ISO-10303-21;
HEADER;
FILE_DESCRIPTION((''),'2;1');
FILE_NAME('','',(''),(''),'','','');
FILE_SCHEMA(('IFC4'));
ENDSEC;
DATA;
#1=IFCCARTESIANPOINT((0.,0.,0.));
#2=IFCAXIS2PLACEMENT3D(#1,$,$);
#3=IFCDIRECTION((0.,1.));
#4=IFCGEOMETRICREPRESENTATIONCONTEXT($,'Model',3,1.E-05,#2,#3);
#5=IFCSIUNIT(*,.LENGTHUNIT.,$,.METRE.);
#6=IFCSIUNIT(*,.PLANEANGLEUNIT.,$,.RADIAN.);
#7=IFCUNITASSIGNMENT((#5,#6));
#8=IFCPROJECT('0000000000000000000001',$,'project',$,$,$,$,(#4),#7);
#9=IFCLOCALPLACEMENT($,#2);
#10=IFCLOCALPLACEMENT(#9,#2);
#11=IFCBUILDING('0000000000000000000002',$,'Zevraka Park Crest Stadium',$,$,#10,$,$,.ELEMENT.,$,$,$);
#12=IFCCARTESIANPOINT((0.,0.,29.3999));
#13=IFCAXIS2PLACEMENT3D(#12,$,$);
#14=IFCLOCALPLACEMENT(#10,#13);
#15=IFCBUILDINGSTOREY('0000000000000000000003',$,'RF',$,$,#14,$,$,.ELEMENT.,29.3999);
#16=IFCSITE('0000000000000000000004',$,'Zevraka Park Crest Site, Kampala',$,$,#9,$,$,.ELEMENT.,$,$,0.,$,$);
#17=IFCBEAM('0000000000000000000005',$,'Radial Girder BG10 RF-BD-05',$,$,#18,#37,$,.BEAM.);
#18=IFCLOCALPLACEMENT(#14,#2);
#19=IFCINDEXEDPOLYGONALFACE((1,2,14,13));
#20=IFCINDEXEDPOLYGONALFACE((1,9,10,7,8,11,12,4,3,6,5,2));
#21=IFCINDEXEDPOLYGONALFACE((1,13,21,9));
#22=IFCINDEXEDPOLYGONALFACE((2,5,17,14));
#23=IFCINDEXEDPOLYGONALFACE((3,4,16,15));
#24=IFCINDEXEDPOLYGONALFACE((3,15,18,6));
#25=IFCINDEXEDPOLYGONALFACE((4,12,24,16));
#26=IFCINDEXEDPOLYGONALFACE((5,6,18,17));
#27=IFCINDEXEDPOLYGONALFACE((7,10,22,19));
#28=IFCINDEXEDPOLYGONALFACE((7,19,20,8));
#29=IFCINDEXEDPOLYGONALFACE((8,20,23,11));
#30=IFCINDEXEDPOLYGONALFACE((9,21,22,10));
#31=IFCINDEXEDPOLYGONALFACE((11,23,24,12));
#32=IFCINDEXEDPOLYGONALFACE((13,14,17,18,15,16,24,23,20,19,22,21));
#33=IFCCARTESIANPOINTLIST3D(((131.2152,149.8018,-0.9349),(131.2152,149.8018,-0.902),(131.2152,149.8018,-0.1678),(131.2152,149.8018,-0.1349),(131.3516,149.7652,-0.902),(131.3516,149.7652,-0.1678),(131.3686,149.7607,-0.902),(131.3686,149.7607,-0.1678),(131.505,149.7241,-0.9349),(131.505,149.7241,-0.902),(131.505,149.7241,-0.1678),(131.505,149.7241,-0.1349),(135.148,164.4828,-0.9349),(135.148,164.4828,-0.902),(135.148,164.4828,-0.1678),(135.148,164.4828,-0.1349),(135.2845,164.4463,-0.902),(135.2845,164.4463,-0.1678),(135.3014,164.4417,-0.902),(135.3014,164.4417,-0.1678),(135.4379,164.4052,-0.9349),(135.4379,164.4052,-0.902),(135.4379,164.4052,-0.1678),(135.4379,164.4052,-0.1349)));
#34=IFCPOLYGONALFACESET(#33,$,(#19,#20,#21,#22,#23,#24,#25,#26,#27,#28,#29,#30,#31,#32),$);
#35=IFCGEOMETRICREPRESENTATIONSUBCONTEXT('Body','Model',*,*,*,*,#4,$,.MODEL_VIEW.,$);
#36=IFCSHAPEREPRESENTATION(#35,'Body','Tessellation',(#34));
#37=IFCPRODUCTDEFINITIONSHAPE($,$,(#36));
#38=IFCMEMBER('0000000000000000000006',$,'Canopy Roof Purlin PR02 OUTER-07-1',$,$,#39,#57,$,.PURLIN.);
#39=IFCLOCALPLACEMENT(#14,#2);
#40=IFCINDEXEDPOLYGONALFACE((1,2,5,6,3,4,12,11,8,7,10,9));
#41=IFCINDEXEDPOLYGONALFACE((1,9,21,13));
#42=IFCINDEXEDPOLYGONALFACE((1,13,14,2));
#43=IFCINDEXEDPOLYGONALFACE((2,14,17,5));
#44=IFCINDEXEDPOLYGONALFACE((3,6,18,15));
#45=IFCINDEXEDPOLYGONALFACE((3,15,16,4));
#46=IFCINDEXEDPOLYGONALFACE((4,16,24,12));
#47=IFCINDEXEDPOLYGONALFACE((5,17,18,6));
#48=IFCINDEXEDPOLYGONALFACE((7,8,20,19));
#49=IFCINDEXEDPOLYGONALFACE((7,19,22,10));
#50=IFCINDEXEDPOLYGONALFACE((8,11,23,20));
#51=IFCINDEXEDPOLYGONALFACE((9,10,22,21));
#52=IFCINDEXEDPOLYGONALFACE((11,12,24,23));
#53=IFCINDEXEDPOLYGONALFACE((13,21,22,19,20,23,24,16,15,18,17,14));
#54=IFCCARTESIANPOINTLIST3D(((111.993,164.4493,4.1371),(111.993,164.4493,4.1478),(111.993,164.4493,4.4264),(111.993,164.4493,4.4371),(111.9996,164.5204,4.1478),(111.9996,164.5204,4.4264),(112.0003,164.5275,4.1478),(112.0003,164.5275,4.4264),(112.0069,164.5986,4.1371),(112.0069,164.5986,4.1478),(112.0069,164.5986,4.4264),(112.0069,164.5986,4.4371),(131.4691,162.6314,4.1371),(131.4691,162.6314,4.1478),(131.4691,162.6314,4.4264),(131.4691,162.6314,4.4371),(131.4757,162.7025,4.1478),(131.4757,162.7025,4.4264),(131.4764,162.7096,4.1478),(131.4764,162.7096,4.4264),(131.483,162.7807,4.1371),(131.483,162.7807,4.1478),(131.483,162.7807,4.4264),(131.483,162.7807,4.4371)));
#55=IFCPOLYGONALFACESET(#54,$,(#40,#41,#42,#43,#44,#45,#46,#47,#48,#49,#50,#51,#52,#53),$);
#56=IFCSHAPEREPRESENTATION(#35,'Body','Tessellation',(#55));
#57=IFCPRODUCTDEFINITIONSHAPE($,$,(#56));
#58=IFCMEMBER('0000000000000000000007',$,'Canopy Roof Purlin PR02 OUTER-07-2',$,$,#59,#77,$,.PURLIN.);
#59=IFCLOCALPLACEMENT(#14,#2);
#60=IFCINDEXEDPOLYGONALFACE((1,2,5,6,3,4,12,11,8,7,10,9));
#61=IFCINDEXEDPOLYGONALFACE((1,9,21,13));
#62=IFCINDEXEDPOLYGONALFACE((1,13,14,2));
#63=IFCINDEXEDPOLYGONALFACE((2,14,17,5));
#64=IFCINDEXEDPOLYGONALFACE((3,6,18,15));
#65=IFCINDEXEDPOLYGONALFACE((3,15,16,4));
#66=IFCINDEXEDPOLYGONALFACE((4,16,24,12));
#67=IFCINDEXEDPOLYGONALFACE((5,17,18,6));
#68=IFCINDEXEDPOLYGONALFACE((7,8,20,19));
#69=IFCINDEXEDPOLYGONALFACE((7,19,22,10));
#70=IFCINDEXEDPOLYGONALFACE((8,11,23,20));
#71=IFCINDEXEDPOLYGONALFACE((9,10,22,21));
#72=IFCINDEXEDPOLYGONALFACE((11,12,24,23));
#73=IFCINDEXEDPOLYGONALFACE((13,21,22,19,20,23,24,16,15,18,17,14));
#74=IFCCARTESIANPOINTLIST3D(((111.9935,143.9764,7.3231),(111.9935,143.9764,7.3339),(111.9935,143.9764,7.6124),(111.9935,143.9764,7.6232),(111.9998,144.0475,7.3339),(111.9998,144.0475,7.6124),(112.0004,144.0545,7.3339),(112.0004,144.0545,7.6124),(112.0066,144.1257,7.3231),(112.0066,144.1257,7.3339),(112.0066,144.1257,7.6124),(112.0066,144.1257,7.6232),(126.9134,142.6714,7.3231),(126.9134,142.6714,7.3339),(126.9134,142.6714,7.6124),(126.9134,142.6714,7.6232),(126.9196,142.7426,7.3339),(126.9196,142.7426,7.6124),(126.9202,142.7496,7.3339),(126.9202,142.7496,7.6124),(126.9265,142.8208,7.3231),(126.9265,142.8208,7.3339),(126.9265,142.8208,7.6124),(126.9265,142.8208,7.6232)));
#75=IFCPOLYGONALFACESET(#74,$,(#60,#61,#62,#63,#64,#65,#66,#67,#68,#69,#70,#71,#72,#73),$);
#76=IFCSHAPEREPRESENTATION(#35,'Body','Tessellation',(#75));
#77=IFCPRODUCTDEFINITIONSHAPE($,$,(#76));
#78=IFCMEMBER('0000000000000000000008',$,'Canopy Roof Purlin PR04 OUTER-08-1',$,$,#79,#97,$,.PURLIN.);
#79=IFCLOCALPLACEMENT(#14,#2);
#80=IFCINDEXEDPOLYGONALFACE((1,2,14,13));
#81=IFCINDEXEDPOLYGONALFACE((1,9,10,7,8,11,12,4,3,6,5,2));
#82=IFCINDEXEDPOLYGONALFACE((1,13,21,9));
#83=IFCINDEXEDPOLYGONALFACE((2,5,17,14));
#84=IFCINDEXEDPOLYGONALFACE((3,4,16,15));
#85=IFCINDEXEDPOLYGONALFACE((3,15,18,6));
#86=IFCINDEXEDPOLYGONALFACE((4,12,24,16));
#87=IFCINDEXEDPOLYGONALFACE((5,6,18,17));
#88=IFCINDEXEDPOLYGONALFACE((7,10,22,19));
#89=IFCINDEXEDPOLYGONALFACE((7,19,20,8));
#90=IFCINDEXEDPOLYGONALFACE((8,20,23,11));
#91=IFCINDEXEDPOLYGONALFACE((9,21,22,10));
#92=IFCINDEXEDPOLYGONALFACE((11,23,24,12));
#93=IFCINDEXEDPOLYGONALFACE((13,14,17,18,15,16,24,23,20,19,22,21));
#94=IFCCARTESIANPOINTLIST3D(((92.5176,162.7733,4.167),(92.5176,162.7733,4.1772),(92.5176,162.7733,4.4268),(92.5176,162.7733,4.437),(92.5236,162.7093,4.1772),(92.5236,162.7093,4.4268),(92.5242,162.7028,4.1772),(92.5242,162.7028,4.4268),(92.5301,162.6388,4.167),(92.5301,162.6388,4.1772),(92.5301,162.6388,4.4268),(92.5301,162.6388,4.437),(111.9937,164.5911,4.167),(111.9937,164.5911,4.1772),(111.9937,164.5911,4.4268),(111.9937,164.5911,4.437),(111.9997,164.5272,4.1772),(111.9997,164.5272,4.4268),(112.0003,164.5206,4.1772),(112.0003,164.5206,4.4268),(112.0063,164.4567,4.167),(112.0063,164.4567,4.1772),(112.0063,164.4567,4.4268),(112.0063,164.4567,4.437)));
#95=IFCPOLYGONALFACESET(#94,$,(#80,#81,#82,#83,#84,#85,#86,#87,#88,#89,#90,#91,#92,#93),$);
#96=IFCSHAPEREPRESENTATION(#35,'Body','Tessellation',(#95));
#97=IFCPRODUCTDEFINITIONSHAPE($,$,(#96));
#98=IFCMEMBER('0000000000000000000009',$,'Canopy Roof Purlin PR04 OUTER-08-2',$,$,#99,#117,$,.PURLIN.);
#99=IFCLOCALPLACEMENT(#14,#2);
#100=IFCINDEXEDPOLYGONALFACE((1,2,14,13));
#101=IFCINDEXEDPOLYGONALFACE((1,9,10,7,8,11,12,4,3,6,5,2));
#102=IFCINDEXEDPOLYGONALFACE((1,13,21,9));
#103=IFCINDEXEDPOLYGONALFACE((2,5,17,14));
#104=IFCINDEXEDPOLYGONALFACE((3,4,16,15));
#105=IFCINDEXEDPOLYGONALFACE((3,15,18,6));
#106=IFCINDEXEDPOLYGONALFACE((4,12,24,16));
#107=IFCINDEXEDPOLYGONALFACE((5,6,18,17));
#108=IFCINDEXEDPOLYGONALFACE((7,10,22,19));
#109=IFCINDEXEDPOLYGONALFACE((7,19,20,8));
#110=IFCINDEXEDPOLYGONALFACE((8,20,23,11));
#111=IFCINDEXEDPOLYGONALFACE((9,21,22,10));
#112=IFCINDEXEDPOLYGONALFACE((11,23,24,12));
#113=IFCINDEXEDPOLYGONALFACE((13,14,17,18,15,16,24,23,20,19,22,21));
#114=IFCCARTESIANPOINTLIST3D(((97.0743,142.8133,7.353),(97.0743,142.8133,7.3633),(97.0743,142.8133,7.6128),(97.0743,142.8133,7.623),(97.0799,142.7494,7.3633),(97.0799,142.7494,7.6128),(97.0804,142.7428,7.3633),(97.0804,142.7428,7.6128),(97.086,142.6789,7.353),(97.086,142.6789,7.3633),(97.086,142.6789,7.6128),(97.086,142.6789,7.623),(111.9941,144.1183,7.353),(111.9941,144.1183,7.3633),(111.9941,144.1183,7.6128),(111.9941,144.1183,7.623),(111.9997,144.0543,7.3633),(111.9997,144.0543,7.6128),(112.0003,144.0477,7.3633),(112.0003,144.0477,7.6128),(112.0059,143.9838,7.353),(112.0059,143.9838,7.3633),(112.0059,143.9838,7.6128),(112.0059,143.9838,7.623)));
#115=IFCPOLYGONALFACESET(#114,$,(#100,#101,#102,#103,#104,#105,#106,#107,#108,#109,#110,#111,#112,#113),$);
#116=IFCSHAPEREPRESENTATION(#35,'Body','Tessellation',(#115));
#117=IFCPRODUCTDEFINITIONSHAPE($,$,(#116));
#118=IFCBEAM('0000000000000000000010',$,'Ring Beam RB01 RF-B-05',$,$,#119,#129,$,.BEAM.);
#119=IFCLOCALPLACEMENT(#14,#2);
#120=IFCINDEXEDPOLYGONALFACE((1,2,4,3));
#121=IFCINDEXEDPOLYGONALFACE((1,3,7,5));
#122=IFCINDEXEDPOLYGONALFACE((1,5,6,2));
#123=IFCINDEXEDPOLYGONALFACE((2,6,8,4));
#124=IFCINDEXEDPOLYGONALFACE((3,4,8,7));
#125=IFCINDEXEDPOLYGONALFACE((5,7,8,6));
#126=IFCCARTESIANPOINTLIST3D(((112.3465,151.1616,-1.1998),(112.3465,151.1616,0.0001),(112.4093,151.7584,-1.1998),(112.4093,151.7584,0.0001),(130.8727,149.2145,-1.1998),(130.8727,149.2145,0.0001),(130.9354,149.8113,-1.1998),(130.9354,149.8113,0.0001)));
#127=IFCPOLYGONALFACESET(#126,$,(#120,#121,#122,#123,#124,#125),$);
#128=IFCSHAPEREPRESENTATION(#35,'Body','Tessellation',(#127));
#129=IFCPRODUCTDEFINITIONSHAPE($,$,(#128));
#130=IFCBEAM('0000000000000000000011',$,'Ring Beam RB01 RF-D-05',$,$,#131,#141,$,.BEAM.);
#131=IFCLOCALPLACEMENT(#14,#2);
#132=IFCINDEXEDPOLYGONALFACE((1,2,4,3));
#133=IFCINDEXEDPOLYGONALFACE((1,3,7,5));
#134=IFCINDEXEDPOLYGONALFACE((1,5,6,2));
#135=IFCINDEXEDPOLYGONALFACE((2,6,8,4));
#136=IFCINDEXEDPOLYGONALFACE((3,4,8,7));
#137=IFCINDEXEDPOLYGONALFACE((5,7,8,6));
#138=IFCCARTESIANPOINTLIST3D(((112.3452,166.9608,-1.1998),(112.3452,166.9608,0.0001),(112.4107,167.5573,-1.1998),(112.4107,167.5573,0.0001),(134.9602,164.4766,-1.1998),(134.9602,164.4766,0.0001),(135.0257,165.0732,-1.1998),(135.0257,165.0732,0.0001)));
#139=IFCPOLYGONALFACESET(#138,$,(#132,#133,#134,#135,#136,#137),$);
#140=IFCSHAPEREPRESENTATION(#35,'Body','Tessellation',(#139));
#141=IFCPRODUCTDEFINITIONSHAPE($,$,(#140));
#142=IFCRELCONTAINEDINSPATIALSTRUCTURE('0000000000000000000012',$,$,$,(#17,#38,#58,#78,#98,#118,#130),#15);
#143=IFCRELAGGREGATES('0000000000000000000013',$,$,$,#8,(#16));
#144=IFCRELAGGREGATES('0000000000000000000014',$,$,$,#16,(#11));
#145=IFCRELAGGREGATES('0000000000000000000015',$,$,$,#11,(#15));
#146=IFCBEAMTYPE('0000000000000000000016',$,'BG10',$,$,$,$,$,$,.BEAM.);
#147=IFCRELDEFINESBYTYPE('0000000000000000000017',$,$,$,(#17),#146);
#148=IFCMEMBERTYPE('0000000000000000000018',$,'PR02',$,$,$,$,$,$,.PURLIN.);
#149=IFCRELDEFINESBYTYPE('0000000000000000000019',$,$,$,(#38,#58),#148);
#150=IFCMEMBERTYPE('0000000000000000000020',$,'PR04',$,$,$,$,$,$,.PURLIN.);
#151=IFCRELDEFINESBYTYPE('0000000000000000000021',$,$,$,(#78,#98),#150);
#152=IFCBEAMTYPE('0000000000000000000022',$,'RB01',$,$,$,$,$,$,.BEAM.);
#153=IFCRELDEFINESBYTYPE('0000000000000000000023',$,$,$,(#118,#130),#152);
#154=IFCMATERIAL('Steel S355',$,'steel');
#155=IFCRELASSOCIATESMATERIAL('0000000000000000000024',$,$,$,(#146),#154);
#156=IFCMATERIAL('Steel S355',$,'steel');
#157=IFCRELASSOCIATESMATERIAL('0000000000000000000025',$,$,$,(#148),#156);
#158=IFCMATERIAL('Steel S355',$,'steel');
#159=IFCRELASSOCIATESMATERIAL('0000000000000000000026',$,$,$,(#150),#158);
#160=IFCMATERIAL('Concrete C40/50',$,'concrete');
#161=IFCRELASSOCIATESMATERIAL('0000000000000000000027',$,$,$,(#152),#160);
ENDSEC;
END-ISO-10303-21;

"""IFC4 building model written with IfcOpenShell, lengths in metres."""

from ifc_helpers import new_model, si_unit, direction, frame, origin, origin_2d, place, context, subcontext, project, spatial, rectangle, i_section, extrude, material, material_profile, profile_set, type_object, element, save


model = new_model("IFC4")

# Units and contexts
model_context = context("Model", 3, precision=1e-05, world=origin(), true_north=direction((0.0, 1.0)))
body_context = subcontext(model_context, "Body", "Model", "MODEL_VIEW")
ifc_project = project(units=[si_unit("LENGTHUNIT", "METRE"), si_unit("PLANEANGLEUNIT", "RADIAN")], contexts=[model_context])

# Site, building, storey
site_placement = place(None, origin())
site = spatial("IfcSite", under=ifc_project, at=site_placement, Name="Zevraka Park Crest Site, Kampala", CompositionType="ELEMENT", RefElevation=0.0)
building_placement = place(site_placement, origin())
building = spatial("IfcBuilding", under=site, at=building_placement, Name="Zevraka Park Crest Stadium", CompositionType="ELEMENT")
storey_placement = place(building_placement, frame((0.0, 0.0, 29.3999)))
storey = spatial("IfcBuildingStorey", under=building, at=storey_placement, Name="RF", CompositionType="ELEMENT", Elevation=29.3999)

# Beam
ifc_material_1 = material(Name="Steel S355", Category="steel")
ifc_material_profile_1 = material_profile(ifc_material_1, i_section(OverallWidth=0.3, OverallDepth=0.8, WebThickness=0.0176, FlangeThickness=0.033, at=origin_2d()), Name="HEB 800")
ifc_profile_set_1 = profile_set([ifc_material_profile_1], Name="Steel S355")
beam_type_1 = type_object("IfcBeamType", Name="BG10", PredefinedType="BEAM", material=ifc_profile_set_1)
beam_1_placement = place(storey_placement, frame((131.3601, 149.7629, -0.5349), z_axis=(0.258761, 0.965941, 0.0), x_axis=(-0.965941, 0.258761, 0.0)))
element("IfcBeam", 1, at=beam_1_placement, inside=storey, type_object=beam_type_1, Name="Radial Girder BG10 RF-BD-05", PredefinedType="BEAM", context=body_context, shape_type="SweptSolid", body=[
    extrude(i_section(OverallWidth=0.3, OverallDepth=0.8, WebThickness=0.0176, FlangeThickness=0.033, at=origin_2d()), origin(), (0.0, 0.0, 1.0), 15.1987),
])

# Members
ifc_material_2 = material(Name="Steel S355", Category="steel")
ifc_material_profile_2 = material_profile(ifc_material_2, i_section(OverallWidth=0.1499, OverallDepth=0.3, WebThickness=0.0071, FlangeThickness=0.0107, at=origin_2d()), Name="IPE 300")
ifc_profile_set_2 = profile_set([ifc_material_profile_2], Name="Steel S355")
member_type_1 = type_object("IfcMemberType", Name="PR02", PredefinedType="PURLIN", material=ifc_profile_set_2)
member_1_placement = place(storey_placement, frame((131.4761, 162.7061, 4.2871), z_axis=(-0.995672, 0.092935, 0.0), x_axis=(-0.092935, -0.995672, 0.0)))
element("IfcMember", 2, at=member_1_placement, inside=storey, type_object=member_type_1, Name="Canopy Roof Purlin PR02 OUTER-07-1", PredefinedType="PURLIN", context=body_context, shape_type="SweptSolid", body=[
    extrude(i_section(OverallWidth=0.1499, OverallDepth=0.3, WebThickness=0.0071, FlangeThickness=0.0107, at=origin_2d()), origin(), (0.0, 0.0, 1.0), 19.5608),
])
member_2_placement = place(storey_placement, frame((126.9199, 142.7461, 7.4731), z_axis=(-0.996197, 0.08713, 0.0), x_axis=(-0.08713, -0.996197, 0.0)))
element("IfcMember", 3, at=member_2_placement, inside=storey, type_object=member_type_1, Name="Canopy Roof Purlin PR02 OUTER-07-2", PredefinedType="PURLIN", context=body_context, shape_type="SweptSolid", body=[
    extrude(i_section(OverallWidth=0.1499, OverallDepth=0.3, WebThickness=0.0071, FlangeThickness=0.0107, at=origin_2d()), origin(), (0.0, 0.0, 1.0), 14.9768),
])
ifc_material_3 = material(Name="Steel S355", Category="steel")
ifc_material_profile_3 = material_profile(ifc_material_3, i_section(OverallWidth=0.135, OverallDepth=0.27, WebThickness=0.0066, FlangeThickness=0.0103, at=origin_2d()), Name="IPE 270")
ifc_profile_set_3 = profile_set([ifc_material_profile_3], Name="Steel S355")
member_type_2 = type_object("IfcMemberType", Name="PR04", PredefinedType="PURLIN", material=ifc_profile_set_3)
member_3_placement = place(storey_placement, frame((112.0, 164.5239, 4.302), z_axis=(-0.995672, -0.092935, 0.0), x_axis=(0.092935, -0.995672, 0.0)))
element("IfcMember", 4, at=member_3_placement, inside=storey, type_object=member_type_2, Name="Canopy Roof Purlin PR04 OUTER-08-1", PredefinedType="PURLIN", context=body_context, shape_type="SweptSolid", body=[
    extrude(i_section(OverallWidth=0.135, OverallDepth=0.27, WebThickness=0.0066, FlangeThickness=0.0103, at=origin_2d()), origin(), (0.0, 0.0, 1.0), 19.5608),
])
member_4_placement = place(storey_placement, frame((112.0, 144.051, 7.488), z_axis=(-0.996197, -0.08713, 0.0), x_axis=(0.08713, -0.996197, 0.0)))
element("IfcMember", 5, at=member_4_placement, inside=storey, type_object=member_type_2, Name="Canopy Roof Purlin PR04 OUTER-08-2", PredefinedType="PURLIN", context=body_context, shape_type="SweptSolid", body=[
    extrude(i_section(OverallWidth=0.135, OverallDepth=0.27, WebThickness=0.0066, FlangeThickness=0.0103, at=origin_2d()), origin(), (0.0, 0.0, 1.0), 14.9768),
])

# Beams
ifc_material_4 = material(Name="Concrete C40/50", Category="concrete")
ifc_material_profile_4 = material_profile(ifc_material_4, rectangle(XDim=0.6001, YDim=1.2, at=origin_2d()), Name="RC 1200x600")
ifc_profile_set_4 = profile_set([ifc_material_profile_4], Name="Concrete C40/50")
beam_type_2 = type_object("IfcBeamType", Name="RB01", PredefinedType="BEAM", material=ifc_profile_set_4)
beam_2_placement = place(storey_placement, frame((130.9041, 149.5129, -0.5999), z_axis=(-0.994523, 0.10452, 0.0), x_axis=(-0.10452, -0.994523, 0.0)))
element("IfcBeam", 6, at=beam_2_placement, inside=storey, type_object=beam_type_2, Name="Ring Beam RB01 RF-B-05", PredefinedType="BEAM", context=body_context, shape_type="SweptSolid", body=[
    extrude(rectangle(XDim=0.6001, YDim=1.2, at=origin_2d()), origin(), (0.0, 0.0, 1.0), 18.6282),
])
beam_3_placement = place(storey_placement, frame((134.9929, 164.7749, -0.5999), z_axis=(-0.994021, 0.109188, 0.0), x_axis=(-0.109188, -0.994021, 0.0)))
element("IfcBeam", 7, at=beam_3_placement, inside=storey, type_object=beam_type_2, Name="Ring Beam RB01 RF-D-05", PredefinedType="BEAM", context=body_context, shape_type="SweptSolid", body=[
    extrude(rectangle(XDim=0.6001, YDim=1.2, at=origin_2d()), origin(), (0.0, 0.0, 1.0), 22.751),
])

save(model, "model.ifc")
